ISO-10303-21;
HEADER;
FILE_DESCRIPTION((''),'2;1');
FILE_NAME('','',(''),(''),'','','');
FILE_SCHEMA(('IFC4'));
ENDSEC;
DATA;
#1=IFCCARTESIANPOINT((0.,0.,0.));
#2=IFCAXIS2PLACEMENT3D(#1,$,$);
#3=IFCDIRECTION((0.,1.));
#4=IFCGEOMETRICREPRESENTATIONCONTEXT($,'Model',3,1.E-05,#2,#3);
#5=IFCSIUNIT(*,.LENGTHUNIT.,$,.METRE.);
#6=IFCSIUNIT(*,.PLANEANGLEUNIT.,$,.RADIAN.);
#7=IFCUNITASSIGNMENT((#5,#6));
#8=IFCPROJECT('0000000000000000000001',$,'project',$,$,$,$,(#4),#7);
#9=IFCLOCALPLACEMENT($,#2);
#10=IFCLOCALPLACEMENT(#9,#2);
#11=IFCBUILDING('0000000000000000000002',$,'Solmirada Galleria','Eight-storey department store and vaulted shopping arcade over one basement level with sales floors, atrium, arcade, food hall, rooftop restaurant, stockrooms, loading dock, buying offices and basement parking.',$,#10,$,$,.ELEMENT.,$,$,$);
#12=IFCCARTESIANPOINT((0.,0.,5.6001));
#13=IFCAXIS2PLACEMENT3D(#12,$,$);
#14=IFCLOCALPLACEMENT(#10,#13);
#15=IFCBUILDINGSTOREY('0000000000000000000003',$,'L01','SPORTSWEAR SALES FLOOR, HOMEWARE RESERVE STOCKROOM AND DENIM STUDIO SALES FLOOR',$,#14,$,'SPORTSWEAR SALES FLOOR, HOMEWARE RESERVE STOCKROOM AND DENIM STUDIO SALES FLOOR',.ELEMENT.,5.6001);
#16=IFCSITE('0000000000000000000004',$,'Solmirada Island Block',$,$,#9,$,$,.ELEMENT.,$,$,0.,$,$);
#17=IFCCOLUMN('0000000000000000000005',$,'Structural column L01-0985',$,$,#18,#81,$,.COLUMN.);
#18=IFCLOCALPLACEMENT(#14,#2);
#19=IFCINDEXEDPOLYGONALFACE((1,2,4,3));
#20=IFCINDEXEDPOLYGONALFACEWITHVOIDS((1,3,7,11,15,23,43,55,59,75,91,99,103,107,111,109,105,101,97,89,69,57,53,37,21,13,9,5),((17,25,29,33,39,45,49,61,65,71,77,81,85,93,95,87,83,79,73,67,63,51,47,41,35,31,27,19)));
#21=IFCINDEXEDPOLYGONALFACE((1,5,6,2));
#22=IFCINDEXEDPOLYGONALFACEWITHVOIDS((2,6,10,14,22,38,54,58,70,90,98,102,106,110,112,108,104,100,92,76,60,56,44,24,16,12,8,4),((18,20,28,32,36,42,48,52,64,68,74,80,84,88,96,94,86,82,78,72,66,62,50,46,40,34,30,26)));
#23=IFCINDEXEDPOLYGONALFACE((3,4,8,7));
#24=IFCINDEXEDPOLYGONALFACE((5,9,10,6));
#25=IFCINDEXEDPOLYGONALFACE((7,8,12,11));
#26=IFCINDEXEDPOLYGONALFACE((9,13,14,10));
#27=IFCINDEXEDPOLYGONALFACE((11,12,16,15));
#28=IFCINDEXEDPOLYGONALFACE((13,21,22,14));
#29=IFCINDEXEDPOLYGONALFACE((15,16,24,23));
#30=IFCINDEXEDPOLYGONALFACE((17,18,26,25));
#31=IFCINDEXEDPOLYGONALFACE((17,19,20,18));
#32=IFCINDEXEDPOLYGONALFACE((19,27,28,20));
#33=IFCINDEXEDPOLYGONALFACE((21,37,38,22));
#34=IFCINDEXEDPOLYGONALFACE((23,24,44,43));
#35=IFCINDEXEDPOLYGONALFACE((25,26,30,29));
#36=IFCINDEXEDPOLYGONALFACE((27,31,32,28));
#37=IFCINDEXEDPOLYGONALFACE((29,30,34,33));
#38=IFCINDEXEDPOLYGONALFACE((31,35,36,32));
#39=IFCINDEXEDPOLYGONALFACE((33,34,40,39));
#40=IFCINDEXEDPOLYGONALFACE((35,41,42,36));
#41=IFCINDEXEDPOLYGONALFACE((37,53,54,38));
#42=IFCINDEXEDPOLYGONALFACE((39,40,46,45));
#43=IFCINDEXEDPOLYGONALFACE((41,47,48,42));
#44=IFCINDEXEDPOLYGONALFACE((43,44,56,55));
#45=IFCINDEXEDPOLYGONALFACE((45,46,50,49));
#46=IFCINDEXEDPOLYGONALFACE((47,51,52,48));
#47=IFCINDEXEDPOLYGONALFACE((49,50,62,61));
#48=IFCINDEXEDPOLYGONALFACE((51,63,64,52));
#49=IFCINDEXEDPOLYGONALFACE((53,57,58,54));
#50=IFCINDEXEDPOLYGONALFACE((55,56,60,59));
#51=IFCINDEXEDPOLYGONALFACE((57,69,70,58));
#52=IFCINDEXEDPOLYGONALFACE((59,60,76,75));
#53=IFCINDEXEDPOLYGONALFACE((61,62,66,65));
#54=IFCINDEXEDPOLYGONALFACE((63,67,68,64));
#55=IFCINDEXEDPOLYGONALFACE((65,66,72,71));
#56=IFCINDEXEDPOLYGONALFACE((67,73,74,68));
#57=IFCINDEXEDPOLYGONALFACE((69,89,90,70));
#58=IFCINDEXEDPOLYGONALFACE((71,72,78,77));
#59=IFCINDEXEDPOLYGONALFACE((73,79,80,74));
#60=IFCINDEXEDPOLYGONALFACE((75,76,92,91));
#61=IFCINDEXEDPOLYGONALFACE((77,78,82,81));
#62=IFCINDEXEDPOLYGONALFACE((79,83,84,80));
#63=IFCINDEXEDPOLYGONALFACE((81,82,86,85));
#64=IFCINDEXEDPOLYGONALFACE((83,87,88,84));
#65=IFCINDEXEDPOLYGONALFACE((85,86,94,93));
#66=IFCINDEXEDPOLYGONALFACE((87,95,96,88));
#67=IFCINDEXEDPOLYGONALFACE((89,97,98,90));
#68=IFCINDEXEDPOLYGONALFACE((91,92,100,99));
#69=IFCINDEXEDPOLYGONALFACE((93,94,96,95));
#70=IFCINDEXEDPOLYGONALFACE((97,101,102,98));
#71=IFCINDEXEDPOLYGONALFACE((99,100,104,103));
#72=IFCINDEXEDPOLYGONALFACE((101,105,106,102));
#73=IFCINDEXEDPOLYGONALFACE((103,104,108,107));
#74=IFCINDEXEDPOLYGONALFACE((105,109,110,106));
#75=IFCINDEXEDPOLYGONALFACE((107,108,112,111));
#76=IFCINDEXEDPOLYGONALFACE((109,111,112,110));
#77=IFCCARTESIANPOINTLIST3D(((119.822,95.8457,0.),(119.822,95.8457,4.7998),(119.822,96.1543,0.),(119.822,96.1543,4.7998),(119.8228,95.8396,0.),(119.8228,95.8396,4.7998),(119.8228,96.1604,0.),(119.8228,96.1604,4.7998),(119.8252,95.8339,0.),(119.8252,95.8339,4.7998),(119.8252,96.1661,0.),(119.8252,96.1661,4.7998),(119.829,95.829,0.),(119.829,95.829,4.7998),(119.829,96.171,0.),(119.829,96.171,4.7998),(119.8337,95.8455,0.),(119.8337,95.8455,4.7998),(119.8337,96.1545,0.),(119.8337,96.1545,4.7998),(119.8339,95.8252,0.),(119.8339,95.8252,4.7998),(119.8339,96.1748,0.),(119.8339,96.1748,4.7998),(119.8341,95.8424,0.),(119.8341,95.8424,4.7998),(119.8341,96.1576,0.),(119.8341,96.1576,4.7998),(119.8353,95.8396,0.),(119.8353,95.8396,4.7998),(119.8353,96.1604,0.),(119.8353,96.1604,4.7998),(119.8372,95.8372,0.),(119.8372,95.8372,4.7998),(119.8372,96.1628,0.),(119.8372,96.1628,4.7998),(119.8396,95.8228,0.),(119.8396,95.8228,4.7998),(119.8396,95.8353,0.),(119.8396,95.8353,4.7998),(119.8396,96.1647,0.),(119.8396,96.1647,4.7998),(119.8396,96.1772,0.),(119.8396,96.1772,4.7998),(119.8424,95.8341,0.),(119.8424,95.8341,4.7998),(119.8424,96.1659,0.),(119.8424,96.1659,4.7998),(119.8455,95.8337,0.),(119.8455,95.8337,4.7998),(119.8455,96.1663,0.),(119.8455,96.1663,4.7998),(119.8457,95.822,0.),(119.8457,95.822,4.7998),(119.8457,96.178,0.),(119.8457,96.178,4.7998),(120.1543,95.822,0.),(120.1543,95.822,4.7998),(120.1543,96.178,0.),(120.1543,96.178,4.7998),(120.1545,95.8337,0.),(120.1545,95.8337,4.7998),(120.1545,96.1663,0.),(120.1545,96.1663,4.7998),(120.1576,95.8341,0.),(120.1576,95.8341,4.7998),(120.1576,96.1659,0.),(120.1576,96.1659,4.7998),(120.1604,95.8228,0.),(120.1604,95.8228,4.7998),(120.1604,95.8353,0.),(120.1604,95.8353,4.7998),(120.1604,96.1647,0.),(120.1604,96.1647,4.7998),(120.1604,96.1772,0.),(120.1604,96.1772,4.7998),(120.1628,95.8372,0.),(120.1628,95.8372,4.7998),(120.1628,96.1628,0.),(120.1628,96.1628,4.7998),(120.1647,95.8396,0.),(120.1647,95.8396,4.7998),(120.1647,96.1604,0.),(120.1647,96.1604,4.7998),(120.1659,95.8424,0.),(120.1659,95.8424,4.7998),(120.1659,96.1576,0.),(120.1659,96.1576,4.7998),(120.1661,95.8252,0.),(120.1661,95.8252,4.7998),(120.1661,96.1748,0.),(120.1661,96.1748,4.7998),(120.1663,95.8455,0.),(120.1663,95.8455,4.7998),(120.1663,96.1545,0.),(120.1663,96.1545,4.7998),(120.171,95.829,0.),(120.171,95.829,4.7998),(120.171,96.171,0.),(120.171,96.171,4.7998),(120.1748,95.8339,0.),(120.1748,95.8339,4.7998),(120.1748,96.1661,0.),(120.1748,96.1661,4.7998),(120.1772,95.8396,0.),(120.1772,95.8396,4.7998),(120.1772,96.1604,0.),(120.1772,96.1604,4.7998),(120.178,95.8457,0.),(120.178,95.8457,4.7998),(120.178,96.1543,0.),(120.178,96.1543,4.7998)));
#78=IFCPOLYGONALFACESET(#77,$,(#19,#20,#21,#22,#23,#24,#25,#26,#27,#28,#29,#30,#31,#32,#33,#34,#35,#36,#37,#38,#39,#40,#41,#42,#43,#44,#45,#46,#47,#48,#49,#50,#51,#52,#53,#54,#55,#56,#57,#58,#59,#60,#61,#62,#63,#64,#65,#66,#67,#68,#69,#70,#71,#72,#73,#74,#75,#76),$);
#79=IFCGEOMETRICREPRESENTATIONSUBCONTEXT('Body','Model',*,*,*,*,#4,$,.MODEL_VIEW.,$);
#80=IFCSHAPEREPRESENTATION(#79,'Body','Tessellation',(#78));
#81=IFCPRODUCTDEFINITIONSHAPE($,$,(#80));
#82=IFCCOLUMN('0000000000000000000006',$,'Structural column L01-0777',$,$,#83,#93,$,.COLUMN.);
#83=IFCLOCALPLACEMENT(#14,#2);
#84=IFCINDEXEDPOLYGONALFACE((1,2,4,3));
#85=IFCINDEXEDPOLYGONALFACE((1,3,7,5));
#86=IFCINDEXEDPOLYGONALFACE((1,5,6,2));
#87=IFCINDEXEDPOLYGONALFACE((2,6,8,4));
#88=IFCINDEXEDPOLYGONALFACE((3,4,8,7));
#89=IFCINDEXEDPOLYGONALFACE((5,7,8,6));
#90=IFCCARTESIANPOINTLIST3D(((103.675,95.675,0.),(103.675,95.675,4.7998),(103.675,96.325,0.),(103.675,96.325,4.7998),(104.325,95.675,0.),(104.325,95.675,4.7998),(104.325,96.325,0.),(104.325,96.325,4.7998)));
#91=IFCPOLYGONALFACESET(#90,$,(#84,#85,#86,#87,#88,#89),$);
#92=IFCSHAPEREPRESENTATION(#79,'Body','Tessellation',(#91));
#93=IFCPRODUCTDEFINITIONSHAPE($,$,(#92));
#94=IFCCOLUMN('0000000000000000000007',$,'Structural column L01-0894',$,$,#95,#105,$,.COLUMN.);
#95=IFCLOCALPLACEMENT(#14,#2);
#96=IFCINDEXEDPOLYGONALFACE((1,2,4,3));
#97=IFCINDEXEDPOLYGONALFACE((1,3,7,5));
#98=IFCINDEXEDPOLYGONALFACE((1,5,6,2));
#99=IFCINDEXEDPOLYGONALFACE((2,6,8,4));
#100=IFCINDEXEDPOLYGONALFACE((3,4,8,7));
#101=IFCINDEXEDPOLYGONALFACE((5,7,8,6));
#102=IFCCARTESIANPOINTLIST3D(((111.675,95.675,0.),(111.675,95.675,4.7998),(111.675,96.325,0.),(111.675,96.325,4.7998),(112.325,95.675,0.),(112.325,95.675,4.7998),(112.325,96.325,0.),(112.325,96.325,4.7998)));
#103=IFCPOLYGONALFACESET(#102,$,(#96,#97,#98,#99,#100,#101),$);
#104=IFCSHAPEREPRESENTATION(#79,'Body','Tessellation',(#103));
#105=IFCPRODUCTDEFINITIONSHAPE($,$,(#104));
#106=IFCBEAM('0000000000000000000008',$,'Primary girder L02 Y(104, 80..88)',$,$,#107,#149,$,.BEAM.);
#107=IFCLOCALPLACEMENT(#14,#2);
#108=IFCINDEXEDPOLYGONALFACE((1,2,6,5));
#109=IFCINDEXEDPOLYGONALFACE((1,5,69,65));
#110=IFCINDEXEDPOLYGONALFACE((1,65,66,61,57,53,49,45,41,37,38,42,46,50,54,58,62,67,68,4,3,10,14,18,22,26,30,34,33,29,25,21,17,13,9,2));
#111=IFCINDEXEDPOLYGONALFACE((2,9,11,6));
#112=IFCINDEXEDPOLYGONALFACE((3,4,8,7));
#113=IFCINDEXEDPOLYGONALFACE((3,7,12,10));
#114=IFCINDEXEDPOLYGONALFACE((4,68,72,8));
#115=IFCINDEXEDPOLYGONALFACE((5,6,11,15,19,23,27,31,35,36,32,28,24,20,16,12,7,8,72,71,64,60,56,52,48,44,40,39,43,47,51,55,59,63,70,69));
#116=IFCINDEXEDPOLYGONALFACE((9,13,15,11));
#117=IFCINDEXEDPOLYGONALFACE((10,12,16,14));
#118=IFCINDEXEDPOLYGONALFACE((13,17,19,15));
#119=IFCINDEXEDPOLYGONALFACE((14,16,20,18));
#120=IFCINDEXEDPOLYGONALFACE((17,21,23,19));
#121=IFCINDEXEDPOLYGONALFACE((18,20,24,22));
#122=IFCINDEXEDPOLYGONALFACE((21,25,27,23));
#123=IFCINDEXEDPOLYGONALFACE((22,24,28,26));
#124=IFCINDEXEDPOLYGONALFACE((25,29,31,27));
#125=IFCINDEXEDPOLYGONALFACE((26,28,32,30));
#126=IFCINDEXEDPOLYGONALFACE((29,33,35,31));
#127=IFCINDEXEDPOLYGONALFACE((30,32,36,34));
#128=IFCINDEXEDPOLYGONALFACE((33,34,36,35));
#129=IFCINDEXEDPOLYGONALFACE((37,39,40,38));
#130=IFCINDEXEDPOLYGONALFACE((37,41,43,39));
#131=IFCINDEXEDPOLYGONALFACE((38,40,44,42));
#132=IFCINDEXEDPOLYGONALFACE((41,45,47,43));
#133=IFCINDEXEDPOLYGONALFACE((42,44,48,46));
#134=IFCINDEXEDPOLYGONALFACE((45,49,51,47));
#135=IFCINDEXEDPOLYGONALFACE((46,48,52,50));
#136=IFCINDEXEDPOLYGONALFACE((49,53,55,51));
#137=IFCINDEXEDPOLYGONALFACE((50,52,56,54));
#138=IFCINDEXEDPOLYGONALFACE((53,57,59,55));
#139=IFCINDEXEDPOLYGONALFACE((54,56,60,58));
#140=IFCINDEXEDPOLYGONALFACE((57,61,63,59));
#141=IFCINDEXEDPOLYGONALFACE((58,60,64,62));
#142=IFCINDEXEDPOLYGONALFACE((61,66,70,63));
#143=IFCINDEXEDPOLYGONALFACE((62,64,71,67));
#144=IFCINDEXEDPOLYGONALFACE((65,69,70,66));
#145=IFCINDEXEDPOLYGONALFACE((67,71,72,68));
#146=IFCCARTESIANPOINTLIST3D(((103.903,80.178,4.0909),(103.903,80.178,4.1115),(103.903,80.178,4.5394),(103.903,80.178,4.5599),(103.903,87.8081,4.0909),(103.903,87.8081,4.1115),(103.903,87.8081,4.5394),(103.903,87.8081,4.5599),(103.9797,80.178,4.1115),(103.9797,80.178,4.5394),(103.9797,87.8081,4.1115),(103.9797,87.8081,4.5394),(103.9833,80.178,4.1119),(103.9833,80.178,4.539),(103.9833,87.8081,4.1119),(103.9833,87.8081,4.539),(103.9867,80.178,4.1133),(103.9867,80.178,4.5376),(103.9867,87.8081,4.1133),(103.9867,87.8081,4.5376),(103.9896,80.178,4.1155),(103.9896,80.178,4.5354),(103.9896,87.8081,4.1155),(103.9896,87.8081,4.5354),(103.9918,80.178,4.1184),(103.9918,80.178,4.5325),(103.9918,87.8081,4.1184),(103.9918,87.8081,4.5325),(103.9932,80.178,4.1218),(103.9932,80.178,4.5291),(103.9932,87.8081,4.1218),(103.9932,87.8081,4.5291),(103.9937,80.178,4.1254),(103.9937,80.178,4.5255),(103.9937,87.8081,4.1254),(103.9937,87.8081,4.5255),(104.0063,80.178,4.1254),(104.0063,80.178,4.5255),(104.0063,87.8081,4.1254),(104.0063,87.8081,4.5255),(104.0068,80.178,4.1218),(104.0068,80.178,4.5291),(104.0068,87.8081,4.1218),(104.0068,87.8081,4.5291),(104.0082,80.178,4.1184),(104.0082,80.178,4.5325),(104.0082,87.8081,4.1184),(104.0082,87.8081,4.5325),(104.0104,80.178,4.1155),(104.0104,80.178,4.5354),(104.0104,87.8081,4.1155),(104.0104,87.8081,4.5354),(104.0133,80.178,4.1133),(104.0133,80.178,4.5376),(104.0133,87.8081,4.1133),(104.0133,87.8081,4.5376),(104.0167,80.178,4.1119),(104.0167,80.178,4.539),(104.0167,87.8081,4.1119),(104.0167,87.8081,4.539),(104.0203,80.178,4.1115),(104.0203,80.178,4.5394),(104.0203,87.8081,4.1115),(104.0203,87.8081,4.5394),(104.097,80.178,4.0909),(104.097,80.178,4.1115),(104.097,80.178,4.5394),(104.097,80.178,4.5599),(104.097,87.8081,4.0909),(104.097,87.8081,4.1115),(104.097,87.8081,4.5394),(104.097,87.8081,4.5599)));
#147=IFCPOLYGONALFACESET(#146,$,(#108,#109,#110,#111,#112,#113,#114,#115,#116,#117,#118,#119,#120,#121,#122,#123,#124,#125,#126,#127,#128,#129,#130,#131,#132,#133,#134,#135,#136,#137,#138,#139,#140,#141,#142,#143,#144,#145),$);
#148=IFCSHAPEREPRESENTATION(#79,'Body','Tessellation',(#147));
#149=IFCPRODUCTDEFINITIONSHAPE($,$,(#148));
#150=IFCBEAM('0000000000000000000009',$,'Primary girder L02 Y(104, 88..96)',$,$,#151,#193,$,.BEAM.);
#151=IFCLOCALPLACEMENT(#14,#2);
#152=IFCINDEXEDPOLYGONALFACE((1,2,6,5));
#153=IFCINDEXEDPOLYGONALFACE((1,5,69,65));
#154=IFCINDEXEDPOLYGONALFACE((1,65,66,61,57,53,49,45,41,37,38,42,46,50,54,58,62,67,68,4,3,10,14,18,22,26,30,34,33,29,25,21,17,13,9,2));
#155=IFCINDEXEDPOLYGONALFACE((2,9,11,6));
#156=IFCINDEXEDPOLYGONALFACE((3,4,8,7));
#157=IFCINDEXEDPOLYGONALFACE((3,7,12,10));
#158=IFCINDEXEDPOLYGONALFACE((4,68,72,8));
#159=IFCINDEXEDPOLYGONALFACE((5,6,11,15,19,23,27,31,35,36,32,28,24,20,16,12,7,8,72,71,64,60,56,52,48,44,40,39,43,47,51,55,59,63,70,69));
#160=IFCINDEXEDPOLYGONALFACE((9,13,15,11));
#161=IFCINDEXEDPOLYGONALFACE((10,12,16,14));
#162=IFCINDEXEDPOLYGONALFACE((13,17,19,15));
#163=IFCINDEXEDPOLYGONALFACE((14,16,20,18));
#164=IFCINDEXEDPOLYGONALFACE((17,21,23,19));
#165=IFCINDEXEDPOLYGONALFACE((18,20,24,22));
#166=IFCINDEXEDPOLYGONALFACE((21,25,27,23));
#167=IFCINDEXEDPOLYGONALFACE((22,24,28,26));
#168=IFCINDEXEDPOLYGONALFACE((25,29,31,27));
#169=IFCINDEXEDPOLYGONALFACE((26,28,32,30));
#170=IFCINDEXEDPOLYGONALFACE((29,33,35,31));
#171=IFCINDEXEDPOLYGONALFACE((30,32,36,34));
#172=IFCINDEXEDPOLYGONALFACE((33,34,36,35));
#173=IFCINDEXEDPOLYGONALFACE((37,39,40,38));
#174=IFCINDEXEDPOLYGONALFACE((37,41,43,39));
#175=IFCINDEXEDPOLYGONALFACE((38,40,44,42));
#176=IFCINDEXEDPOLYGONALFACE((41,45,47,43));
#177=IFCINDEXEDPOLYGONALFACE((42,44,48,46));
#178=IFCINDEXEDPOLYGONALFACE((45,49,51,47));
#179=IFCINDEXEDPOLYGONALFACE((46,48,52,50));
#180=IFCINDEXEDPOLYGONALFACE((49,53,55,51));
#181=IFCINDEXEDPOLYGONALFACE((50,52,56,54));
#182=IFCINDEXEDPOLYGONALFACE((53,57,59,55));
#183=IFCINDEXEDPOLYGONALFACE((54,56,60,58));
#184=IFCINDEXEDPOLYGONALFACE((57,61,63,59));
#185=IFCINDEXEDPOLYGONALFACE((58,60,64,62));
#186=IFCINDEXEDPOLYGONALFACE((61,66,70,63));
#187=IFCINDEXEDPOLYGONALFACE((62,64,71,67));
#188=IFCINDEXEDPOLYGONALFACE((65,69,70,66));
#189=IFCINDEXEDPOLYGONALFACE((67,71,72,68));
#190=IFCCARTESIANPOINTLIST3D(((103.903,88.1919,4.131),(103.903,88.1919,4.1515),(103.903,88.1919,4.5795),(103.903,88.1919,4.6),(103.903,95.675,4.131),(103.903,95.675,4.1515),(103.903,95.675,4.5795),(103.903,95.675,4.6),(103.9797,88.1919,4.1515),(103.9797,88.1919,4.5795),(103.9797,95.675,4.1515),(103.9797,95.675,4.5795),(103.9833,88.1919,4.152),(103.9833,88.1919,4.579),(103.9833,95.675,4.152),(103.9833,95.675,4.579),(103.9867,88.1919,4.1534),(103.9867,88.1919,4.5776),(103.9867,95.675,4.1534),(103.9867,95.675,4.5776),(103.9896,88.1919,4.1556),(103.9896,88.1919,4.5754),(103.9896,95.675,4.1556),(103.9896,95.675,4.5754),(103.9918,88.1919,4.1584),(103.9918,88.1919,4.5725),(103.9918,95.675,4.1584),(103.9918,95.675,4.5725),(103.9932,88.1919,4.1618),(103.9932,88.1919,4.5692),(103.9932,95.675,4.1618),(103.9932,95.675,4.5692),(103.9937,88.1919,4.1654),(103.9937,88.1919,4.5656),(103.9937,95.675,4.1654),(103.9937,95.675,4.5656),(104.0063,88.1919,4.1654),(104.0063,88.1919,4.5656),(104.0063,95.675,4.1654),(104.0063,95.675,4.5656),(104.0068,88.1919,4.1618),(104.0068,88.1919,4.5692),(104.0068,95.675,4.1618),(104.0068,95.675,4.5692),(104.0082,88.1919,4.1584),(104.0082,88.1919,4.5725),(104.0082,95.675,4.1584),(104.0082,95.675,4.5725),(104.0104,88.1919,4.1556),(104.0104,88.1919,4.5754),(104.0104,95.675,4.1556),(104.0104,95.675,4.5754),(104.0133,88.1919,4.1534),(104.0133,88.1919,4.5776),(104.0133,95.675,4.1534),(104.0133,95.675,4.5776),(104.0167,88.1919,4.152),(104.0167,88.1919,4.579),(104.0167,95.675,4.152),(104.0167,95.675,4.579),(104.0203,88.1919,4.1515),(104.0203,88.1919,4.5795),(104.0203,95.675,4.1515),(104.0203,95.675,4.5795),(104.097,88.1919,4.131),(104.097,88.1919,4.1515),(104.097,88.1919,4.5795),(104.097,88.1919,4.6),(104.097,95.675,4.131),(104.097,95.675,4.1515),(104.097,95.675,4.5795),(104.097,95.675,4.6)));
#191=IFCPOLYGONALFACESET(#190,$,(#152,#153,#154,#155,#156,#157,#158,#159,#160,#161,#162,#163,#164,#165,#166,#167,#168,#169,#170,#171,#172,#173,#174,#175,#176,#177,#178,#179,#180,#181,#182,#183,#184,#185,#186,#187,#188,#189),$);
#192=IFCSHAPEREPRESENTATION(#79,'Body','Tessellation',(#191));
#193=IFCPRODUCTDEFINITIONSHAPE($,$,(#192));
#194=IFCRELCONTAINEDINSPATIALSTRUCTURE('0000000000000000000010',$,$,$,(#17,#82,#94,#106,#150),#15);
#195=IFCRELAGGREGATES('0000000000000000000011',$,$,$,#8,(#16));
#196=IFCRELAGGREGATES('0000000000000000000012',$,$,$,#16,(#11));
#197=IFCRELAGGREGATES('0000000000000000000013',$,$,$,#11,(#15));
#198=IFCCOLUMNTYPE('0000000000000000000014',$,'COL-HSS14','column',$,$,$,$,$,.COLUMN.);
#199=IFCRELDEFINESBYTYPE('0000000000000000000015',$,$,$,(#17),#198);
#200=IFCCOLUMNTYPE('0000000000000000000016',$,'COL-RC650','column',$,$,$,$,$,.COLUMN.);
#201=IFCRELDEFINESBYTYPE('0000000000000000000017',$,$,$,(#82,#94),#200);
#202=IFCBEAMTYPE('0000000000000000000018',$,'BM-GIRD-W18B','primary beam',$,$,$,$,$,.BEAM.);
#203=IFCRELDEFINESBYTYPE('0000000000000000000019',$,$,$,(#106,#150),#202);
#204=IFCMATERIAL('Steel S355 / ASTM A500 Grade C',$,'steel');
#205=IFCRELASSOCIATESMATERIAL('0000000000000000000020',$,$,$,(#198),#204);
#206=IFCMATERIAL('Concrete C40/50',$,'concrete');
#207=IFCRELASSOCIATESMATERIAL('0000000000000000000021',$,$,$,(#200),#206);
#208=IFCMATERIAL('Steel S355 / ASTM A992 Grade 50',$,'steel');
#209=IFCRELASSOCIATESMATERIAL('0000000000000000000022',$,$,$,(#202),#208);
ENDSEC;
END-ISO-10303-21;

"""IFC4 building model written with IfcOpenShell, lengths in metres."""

from ifc_helpers import new_model, si_unit, direction, frame, origin, origin_2d, place, context, subcontext, project, spatial, rectangle, hollow_rectangle, i_section, extrude, material, material_profile, profile_set, type_object, element, save


model = new_model("IFC4")

# Units and contexts
model_context = context("Model", 3, precision=1e-05, world=origin(), true_north=direction((0.0, 1.0)))
body_context = subcontext(model_context, "Body", "Model", "MODEL_VIEW")
ifc_project = project(units=[si_unit("LENGTHUNIT", "METRE"), si_unit("PLANEANGLEUNIT", "RADIAN")], contexts=[model_context])

# Site, building, storey
site_placement = place(None, origin())
site = spatial("IfcSite", under=ifc_project, at=site_placement, Name="Solmirada Island Block", CompositionType="ELEMENT", RefElevation=0.0)
building_placement = place(site_placement, origin())
building = spatial("IfcBuilding", under=site, at=building_placement, Name="Solmirada Galleria", Description="Eight-storey department store and vaulted shopping arcade over one basement level with sales floors, atrium, arcade, food hall, rooftop restaurant, stockrooms, loading dock, buying offices and basement parking.", CompositionType="ELEMENT")
storey_placement = place(building_placement, frame((0.0, 0.0, 5.6001)))
storey = spatial("IfcBuildingStorey", under=building, at=storey_placement, Name="L01", Description="SPORTSWEAR SALES FLOOR, HOMEWARE RESERVE STOCKROOM AND DENIM STUDIO SALES FLOOR", LongName="SPORTSWEAR SALES FLOOR, HOMEWARE RESERVE STOCKROOM AND DENIM STUDIO SALES FLOOR", CompositionType="ELEMENT", Elevation=5.6001)

# Columns
ifc_material_1 = material(Name="Steel S355 / ASTM A500 Grade C", Category="steel")
ifc_material_profile_1 = material_profile(ifc_material_1, hollow_rectangle(XDim=0.356, YDim=0.356, WallThickness=0.0117, InnerFilletRadius=0.0117, OuterFilletRadius=0.0237, at=origin_2d()), Name="HSS14X14X1/2")
ifc_profile_set_1 = profile_set([ifc_material_profile_1], Name="Steel S355 / ASTM A500 Grade C")
column_type_1 = type_object("IfcColumnType", Name="COL-HSS14", Description="column", PredefinedType="COLUMN", material=ifc_profile_set_1)
for number, where, z_axis, x_axis, name in (
    (1, (120.0, 96.0, 0.0), (0.0, 0.0, 1.0), (1.0, 0.0, 0.0), "Structural column L01-0985"),
):
    element("IfcColumn", number, at=place(storey_placement, frame(where, z_axis=z_axis, x_axis=x_axis)), inside=storey, type_object=column_type_1, Name=name, PredefinedType="COLUMN", context=body_context, shape_type="SweptSolid", body=[
        extrude(hollow_rectangle(XDim=0.356, YDim=0.356, WallThickness=0.0117, InnerFilletRadius=0.0117, OuterFilletRadius=0.0237, at=origin_2d()), origin(), (0.0, 0.0, 1.0), 4.7998),
    ])
ifc_material_2 = material(Name="Concrete C40/50", Category="concrete")
ifc_material_profile_2 = material_profile(ifc_material_2, rectangle(XDim=0.6499, YDim=0.6499, at=origin_2d()), Name="RC650X650")
ifc_profile_set_2 = profile_set([ifc_material_profile_2], Name="Concrete C40/50")
column_type_2 = type_object("IfcColumnType", Name="COL-RC650", Description="column", PredefinedType="COLUMN", material=ifc_profile_set_2)
for number, where, z_axis, x_axis, name in (
    (2, (104.0, 96.0, 0.0), (0.0, 0.0, 1.0), (1.0, 0.0, 0.0), "Structural column L01-0777"),
    (3, (112.0, 96.0, 0.0), (0.0, 0.0, 1.0), (1.0, 0.0, 0.0), "Structural column L01-0894"),
):
    element("IfcColumn", number, at=place(storey_placement, frame(where, z_axis=z_axis, x_axis=x_axis)), inside=storey, type_object=column_type_2, Name=name, PredefinedType="COLUMN", context=body_context, shape_type="SweptSolid", body=[
        extrude(rectangle(XDim=0.6499, YDim=0.6499, at=origin_2d()), origin(), (0.0, 0.0, 1.0), 4.7998),
    ])

# Beams
ifc_material_3 = material(Name="Steel S355 / ASTM A992 Grade 50", Category="steel")
ifc_material_profile_3 = material_profile(ifc_material_3, i_section(OverallWidth=0.1941, OverallDepth=0.469, WebThickness=0.0127, FlangeThickness=0.0205, FilletRadius=0.0139, at=origin_2d()), Name="W18X71")
ifc_profile_set_3 = profile_set([ifc_material_profile_3], Name="Steel S355 / ASTM A992 Grade 50")
beam_type_1 = type_object("IfcBeamType", Name="BM-GIRD-W18B", Description="primary beam", PredefinedType="BEAM", material=ifc_profile_set_3)
beam_1_placement = place(storey_placement, frame((104.0, 80.178, 4.3254), z_axis=(0.0, 1.0, 0.0), x_axis=(-1.0, 0.0, 0.0)))
element("IfcBeam", 4, at=beam_1_placement, inside=storey, type_object=beam_type_1, Name="Primary girder L02 Y(104, 80..88)", PredefinedType="BEAM", context=body_context, shape_type="SweptSolid", body=[
    extrude(i_section(OverallWidth=0.1941, OverallDepth=0.469, WebThickness=0.0127, FlangeThickness=0.0205, FilletRadius=0.0139, at=origin_2d()), origin(), (0.0, 0.0, 1.0), 7.6301),
])
beam_2_placement = place(storey_placement, frame((104.0, 88.1919, 4.3655), z_axis=(0.0, 1.0, 0.0), x_axis=(-1.0, 0.0, 0.0)))
element("IfcBeam", 5, at=beam_2_placement, inside=storey, type_object=beam_type_1, Name="Primary girder L02 Y(104, 88..96)", PredefinedType="BEAM", context=body_context, shape_type="SweptSolid", body=[
    extrude(i_section(OverallWidth=0.1941, OverallDepth=0.469, WebThickness=0.0127, FlangeThickness=0.0205, FilletRadius=0.0139, at=origin_2d()), origin(), (0.0, 0.0, 1.0), 7.4832),
])

save(model, "model.ifc")
